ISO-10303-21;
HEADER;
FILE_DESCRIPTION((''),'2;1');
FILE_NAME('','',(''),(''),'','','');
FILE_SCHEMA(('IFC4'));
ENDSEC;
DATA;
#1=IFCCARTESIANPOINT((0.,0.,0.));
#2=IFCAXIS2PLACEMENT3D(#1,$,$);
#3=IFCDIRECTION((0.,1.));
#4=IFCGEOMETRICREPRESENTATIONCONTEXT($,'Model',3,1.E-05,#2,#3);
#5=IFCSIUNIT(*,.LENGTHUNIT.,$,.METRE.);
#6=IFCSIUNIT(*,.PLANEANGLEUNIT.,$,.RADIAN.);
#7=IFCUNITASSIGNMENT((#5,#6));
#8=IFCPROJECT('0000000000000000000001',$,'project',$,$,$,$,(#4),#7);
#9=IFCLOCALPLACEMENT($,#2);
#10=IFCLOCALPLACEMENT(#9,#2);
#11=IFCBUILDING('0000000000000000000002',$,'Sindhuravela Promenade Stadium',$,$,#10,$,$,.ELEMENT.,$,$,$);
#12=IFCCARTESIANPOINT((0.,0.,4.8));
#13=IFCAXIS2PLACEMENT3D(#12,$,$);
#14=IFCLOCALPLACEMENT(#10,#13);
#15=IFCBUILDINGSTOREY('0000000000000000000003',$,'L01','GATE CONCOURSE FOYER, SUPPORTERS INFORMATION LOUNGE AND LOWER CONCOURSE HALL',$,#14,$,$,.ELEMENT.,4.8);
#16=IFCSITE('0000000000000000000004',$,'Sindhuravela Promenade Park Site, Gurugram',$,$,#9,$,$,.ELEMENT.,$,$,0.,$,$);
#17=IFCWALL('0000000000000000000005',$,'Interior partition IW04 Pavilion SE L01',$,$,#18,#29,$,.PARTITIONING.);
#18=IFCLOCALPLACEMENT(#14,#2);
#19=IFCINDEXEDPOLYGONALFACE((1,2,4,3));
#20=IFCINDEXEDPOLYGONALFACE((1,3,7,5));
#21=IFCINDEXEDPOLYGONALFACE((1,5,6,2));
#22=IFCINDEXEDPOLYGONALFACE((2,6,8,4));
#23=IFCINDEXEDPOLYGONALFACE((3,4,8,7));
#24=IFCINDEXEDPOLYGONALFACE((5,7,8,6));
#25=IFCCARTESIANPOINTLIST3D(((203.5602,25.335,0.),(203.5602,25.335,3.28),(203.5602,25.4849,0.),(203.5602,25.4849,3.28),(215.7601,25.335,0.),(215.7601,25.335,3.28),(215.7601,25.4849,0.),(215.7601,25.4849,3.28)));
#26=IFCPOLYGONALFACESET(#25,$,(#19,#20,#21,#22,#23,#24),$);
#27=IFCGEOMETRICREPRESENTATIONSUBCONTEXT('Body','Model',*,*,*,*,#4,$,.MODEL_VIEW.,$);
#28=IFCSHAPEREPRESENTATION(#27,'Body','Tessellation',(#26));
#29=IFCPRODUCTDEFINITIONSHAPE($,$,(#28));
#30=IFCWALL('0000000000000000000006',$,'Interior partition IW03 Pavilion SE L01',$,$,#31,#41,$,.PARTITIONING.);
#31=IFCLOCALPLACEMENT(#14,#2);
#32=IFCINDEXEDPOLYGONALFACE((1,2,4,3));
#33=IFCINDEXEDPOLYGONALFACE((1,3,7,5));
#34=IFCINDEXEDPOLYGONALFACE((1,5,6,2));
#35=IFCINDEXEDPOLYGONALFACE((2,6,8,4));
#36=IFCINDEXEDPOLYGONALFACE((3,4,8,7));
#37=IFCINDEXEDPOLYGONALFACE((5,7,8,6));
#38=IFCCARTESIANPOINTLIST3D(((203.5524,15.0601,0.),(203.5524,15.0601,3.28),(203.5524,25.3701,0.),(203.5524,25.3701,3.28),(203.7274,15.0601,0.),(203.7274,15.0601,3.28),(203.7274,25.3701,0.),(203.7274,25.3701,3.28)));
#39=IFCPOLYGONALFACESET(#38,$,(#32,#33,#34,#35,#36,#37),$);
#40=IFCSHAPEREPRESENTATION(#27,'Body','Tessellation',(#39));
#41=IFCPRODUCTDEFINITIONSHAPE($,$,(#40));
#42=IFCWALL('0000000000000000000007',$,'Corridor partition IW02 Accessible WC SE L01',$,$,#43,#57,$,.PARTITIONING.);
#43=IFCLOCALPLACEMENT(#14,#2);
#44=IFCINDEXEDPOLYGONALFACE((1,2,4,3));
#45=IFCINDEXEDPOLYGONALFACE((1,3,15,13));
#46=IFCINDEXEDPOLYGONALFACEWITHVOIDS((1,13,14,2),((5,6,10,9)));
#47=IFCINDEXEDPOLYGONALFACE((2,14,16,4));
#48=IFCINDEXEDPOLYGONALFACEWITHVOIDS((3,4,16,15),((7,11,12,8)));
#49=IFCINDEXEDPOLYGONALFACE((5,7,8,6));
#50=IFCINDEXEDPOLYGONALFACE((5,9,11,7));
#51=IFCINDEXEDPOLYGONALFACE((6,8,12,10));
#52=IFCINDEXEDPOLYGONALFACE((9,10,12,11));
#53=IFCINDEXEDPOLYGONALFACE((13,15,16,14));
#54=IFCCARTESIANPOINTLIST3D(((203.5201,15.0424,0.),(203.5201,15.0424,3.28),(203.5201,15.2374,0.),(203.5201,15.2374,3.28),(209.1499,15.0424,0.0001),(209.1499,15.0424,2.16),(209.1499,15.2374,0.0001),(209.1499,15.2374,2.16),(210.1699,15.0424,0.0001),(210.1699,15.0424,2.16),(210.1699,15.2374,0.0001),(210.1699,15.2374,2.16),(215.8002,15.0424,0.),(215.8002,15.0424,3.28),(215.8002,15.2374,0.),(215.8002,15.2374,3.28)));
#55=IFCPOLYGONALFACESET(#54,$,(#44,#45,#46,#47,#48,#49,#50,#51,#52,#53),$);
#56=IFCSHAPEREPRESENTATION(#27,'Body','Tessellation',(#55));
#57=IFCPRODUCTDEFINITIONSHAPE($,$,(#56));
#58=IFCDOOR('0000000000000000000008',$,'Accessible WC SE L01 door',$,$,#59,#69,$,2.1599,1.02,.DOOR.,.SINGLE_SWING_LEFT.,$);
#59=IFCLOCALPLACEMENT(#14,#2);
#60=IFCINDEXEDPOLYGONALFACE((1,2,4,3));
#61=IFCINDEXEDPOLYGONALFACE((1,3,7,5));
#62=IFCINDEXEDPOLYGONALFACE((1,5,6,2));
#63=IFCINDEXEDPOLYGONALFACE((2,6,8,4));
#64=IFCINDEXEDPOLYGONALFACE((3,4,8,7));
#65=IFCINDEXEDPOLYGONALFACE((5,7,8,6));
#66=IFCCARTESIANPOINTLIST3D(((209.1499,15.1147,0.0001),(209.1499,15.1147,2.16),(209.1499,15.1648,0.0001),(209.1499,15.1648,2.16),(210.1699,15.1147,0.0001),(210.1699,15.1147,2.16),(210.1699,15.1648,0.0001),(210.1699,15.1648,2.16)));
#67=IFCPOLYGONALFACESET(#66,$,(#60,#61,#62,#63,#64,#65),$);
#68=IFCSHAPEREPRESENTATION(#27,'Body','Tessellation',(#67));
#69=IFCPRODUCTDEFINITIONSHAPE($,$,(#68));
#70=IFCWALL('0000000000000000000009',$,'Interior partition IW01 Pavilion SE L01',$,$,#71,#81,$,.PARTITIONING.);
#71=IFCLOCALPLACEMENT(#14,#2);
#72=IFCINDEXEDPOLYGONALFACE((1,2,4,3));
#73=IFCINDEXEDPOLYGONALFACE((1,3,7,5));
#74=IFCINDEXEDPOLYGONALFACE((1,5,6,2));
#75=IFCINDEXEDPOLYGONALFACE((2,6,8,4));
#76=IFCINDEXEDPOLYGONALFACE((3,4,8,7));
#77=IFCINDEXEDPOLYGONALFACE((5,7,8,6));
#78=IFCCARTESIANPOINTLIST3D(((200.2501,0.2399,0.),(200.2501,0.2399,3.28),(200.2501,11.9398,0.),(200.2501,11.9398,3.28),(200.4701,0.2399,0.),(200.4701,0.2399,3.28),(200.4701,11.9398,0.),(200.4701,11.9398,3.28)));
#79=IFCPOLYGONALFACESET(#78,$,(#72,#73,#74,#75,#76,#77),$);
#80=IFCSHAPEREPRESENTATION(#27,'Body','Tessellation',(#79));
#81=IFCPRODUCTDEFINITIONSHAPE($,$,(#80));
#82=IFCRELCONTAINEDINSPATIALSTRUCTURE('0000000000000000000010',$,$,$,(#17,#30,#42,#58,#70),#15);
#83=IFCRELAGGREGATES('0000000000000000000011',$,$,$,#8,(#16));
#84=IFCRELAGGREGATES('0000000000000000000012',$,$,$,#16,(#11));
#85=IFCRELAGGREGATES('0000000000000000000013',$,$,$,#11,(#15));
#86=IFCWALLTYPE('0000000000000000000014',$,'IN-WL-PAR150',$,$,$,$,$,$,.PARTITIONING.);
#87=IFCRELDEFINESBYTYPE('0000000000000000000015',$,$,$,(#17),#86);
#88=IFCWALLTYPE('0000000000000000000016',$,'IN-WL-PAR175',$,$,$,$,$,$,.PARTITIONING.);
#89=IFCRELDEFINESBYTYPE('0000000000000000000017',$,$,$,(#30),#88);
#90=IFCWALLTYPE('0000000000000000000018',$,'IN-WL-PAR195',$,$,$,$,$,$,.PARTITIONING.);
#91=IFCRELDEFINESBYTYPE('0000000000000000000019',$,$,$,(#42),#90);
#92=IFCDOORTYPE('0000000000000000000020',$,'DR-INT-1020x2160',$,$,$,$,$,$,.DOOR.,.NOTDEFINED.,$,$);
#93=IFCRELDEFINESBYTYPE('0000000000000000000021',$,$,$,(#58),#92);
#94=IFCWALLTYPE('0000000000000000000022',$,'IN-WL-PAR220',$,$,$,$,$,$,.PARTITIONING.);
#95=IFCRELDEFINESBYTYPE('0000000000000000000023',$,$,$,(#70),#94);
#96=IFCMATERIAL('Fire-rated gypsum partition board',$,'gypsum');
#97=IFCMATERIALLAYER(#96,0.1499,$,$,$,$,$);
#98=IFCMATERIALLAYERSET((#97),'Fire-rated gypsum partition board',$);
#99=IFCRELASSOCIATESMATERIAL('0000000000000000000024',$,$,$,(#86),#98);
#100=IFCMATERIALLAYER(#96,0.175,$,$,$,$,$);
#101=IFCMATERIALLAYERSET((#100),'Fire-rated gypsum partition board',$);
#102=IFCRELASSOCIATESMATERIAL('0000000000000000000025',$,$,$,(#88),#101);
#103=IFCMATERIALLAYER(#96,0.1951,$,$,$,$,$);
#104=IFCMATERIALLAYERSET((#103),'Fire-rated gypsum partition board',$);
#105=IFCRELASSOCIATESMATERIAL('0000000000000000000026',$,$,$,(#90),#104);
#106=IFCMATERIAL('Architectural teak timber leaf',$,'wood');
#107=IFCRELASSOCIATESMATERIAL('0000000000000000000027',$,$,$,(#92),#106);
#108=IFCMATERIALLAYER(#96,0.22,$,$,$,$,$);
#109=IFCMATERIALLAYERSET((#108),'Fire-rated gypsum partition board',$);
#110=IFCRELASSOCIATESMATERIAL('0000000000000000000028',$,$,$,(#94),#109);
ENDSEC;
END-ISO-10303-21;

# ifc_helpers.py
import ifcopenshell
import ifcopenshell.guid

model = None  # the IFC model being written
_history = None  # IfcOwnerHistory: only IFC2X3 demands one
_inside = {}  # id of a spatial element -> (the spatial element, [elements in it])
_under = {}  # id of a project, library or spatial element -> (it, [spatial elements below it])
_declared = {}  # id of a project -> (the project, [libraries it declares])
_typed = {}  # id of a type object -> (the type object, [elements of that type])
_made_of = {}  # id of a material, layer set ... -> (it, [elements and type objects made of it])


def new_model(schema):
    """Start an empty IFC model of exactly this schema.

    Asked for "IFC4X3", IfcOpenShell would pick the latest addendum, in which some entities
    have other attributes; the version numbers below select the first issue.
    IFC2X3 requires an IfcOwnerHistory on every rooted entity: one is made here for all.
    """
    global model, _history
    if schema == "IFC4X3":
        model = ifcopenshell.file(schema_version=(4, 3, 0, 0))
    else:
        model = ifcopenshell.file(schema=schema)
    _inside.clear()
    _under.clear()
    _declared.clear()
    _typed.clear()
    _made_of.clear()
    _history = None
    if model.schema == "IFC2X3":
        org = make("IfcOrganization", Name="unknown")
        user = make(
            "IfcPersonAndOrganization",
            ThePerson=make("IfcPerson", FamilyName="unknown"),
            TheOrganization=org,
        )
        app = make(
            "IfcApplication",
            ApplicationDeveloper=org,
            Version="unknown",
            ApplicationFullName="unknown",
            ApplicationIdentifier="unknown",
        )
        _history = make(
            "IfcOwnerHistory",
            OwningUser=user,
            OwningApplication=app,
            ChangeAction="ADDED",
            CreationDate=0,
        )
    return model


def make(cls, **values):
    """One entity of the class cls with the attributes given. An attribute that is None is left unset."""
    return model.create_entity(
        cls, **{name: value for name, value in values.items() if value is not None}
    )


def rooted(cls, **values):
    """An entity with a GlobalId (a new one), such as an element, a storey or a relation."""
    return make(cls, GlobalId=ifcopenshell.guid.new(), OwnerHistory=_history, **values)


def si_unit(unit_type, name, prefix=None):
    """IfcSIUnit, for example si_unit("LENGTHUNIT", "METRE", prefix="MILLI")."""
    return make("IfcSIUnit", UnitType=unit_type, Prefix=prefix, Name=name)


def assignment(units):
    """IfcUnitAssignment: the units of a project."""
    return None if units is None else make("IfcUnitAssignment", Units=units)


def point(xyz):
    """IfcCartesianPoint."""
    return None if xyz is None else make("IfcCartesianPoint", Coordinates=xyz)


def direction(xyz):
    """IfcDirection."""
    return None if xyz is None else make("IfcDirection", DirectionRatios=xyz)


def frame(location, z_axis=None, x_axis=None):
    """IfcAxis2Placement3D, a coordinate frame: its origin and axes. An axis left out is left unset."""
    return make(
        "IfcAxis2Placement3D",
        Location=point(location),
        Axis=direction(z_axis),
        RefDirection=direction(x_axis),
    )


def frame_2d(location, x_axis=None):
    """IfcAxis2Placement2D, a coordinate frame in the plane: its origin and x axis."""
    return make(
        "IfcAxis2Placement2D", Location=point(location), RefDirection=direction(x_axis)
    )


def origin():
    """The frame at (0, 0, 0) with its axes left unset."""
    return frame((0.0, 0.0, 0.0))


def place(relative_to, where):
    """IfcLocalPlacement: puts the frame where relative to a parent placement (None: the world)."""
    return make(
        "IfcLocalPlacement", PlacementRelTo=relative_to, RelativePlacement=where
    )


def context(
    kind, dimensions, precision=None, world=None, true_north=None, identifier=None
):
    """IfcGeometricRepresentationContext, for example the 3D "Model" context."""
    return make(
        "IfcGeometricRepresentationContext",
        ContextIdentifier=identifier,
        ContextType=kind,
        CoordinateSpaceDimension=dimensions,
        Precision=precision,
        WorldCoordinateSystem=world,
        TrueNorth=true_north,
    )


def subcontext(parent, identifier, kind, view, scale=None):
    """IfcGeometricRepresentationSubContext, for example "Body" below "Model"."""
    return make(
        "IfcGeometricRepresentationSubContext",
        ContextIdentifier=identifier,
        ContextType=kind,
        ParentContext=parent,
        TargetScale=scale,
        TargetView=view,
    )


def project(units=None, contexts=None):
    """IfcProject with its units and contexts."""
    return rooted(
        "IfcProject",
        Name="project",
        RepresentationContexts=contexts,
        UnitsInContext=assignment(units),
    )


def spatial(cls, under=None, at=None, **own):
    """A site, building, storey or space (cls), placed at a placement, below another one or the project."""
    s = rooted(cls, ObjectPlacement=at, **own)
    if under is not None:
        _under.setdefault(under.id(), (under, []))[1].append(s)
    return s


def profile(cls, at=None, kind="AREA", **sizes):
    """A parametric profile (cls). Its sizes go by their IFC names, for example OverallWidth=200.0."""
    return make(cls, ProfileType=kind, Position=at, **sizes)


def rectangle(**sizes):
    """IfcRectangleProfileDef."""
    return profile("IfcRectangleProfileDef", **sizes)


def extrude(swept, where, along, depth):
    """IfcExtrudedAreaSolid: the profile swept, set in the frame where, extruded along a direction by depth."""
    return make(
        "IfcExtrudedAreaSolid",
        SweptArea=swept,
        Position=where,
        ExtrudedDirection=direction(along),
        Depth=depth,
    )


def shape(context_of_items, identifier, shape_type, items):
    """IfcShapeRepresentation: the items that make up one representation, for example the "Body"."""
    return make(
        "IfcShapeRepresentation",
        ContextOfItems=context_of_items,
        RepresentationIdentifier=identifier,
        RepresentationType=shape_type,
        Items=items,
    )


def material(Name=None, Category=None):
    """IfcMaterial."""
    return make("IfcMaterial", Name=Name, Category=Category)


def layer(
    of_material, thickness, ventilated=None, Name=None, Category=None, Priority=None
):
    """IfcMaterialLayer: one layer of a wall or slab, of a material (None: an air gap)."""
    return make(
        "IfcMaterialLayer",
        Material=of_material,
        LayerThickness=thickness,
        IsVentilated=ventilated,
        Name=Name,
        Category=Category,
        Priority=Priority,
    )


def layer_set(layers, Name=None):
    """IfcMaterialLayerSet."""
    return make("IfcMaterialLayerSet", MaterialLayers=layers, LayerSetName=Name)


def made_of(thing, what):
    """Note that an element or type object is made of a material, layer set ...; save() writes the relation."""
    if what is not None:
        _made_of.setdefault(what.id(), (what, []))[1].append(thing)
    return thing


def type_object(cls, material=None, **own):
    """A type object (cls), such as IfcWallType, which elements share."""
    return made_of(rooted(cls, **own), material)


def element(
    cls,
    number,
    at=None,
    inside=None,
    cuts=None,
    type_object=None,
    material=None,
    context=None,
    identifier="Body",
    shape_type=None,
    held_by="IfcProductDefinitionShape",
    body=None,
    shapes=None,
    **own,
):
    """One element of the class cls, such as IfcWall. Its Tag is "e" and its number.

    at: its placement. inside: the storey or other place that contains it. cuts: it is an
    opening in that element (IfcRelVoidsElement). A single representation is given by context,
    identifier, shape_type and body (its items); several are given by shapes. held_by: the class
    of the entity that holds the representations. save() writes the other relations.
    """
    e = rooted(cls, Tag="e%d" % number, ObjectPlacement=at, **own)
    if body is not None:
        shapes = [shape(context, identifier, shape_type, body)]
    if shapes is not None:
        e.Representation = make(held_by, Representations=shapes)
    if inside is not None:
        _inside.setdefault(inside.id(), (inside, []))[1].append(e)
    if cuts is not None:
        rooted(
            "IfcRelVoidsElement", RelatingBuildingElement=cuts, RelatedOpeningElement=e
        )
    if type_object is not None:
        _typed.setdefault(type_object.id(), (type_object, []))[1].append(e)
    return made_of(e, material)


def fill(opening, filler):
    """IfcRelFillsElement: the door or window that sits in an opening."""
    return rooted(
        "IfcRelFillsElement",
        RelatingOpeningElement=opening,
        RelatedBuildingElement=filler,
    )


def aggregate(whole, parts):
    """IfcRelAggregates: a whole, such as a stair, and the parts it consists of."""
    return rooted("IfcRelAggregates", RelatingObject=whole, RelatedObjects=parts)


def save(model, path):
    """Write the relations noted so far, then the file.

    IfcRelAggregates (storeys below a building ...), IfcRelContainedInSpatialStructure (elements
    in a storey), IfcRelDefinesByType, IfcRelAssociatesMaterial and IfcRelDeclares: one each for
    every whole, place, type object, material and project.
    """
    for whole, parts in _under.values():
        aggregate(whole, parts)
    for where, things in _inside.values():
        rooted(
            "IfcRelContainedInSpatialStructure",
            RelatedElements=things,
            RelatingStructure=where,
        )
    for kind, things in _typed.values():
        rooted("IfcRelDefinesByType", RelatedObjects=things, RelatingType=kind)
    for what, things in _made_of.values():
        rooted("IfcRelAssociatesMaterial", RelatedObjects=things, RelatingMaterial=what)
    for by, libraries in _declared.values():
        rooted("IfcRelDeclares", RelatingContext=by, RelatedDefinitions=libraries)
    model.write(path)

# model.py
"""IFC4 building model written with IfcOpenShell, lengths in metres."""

from ifc_helpers import new_model, si_unit, direction, frame, frame_2d, origin, place, context, subcontext, project, spatial, rectangle, extrude, material, layer, layer_set, type_object, element, fill, save


model = new_model("IFC4")

# Units and contexts
model_context = context("Model", 3, precision=1e-05, world=origin(), true_north=direction((0.0, 1.0)))
body_context = subcontext(model_context, "Body", "Model", "MODEL_VIEW")
ifc_project = project(units=[si_unit("LENGTHUNIT", "METRE"), si_unit("PLANEANGLEUNIT", "RADIAN")], contexts=[model_context])

# Site, building, storey
site_placement = place(None, origin())
site = spatial("IfcSite", under=ifc_project, at=site_placement, Name="Sindhuravela Promenade Park Site, Gurugram", CompositionType="ELEMENT", RefElevation=0.0)
building_placement = place(site_placement, origin())
building = spatial("IfcBuilding", under=site, at=building_placement, Name="Sindhuravela Promenade Stadium", CompositionType="ELEMENT")
storey_placement = place(building_placement, frame((0.0, 0.0, 4.8)))
storey = spatial("IfcBuildingStorey", under=building, at=storey_placement, Name="L01", Description="GATE CONCOURSE FOYER, SUPPORTERS INFORMATION LOUNGE AND LOWER CONCOURSE HALL", CompositionType="ELEMENT", Elevation=4.8)

# Shared definitions
ifc_material_1 = material(Name="Fire-rated gypsum partition board", Category="gypsum")

# Shared definitions
ifc_material_2 = material(Name="Architectural teak timber leaf", Category="wood")

# Walls
ifc_layer_1 = layer(ifc_material_1, 0.1499)
ifc_layer_set_1 = layer_set([ifc_layer_1], Name="Fire-rated gypsum partition board")
wall_type_1 = type_object("IfcWallType", Name="IN-WL-PAR150", PredefinedType="PARTITIONING", material=ifc_layer_set_1)
wall_1_placement = place(storey_placement, frame((203.5601, 25.4099, 0.0), z_axis=(0.0, 0.0, 1.0), x_axis=(1.0, 0.0, 0.0)))
element("IfcWall", 1, at=wall_1_placement, inside=storey, type_object=wall_type_1, Name="Interior partition IW04 Pavilion SE L01", PredefinedType="PARTITIONING", context=body_context, shape_type="SweptSolid", body=[
    extrude(rectangle(XDim=12.2, YDim=0.1499, at=frame_2d((6.1001, 0.0))), origin(), (0.0, 0.0, 1.0), 3.28),
])
ifc_layer_2 = layer(ifc_material_1, 0.175)
ifc_layer_set_2 = layer_set([ifc_layer_2], Name="Fire-rated gypsum partition board")
wall_type_2 = type_object("IfcWallType", Name="IN-WL-PAR175", PredefinedType="PARTITIONING", material=ifc_layer_set_2)
wall_2_placement = place(storey_placement, frame((203.6399, 15.0601, 0.0), z_axis=(0.0, 0.0, 1.0), x_axis=(0.0, 1.0, 0.0)))
element("IfcWall", 2, at=wall_2_placement, inside=storey, type_object=wall_type_2, Name="Interior partition IW03 Pavilion SE L01", PredefinedType="PARTITIONING", context=body_context, shape_type="SweptSolid", body=[
    extrude(rectangle(XDim=10.3101, YDim=0.175, at=frame_2d((5.155, 0.0))), origin(), (0.0, 0.0, 1.0), 3.28),
])

# Wall, opening, door
ifc_layer_3 = layer(ifc_material_1, 0.1951)
ifc_layer_set_3 = layer_set([ifc_layer_3], Name="Fire-rated gypsum partition board")
wall_type_3 = type_object("IfcWallType", Name="IN-WL-PAR195", PredefinedType="PARTITIONING", material=ifc_layer_set_3)
wall_3_placement = place(storey_placement, frame((203.52, 15.1399, 0.0), z_axis=(0.0, 0.0, 1.0), x_axis=(1.0, 0.0, 0.0)))
wall_3 = element("IfcWall", 3, at=wall_3_placement, inside=storey, type_object=wall_type_3, Name="Corridor partition IW02 Accessible WC SE L01", PredefinedType="PARTITIONING", context=body_context, shape_type="SweptSolid", body=[
    extrude(rectangle(XDim=12.28, YDim=0.1951, at=frame_2d((6.1401, 0.0))), origin(), (0.0, 0.0, 1.0), 3.28),
])
opening_1_placement = place(wall_3_placement, frame((5.6299, 0.0, 0.0)))
opening_1 = element("IfcOpeningElement", 4, at=opening_1_placement, cuts=wall_3, PredefinedType="OPENING", context=body_context, shape_type="SweptSolid", body=[
    extrude(rectangle(XDim=1.02, YDim=2.1599, at=frame_2d((0.51, 1.0801))), frame((0.0, 0.1074, 0.0), z_axis=(0.0, -1.0, 0.0), x_axis=(1.0, 0.0, 0.0)), (0.0, 0.0, 1.0), 0.2151),
])
door_type_1 = type_object("IfcDoorType", Name="DR-INT-1020x2160", OperationType="NOTDEFINED", PredefinedType="DOOR", material=ifc_material_2)
door_1_placement = place(opening_1_placement, origin())
door_1 = element("IfcDoor", 5, at=door_1_placement, inside=storey, type_object=door_type_1, Name="Accessible WC SE L01 door", OperationType="SINGLE_SWING_LEFT", OverallHeight=2.1599, OverallWidth=1.02, PredefinedType="DOOR", context=body_context, shape_type="SweptSolid", body=[
    extrude(rectangle(XDim=1.02, YDim=2.1599, at=frame_2d((0.51, 1.0801))), frame((0.0, 0.0249, 0.0), z_axis=(0.0, -1.0, 0.0), x_axis=(1.0, 0.0, 0.0)), (0.0, 0.0, 1.0), 0.05),
])
fill(opening_1, door_1)

# Wall
ifc_layer_4 = layer(ifc_material_1, 0.22)
ifc_layer_set_4 = layer_set([ifc_layer_4], Name="Fire-rated gypsum partition board")
wall_type_4 = type_object("IfcWallType", Name="IN-WL-PAR220", PredefinedType="PARTITIONING", material=ifc_layer_set_4)
wall_4_placement = place(storey_placement, frame((200.3601, 11.9399, 0.0), z_axis=(0.0, 0.0, 1.0), x_axis=(0.0, -1.0, 0.0)))
element("IfcWall", 6, at=wall_4_placement, inside=storey, type_object=wall_type_4, Name="Interior partition IW01 Pavilion SE L01", PredefinedType="PARTITIONING", context=body_context, shape_type="SweptSolid", body=[
    extrude(rectangle(XDim=11.7, YDim=0.22, at=frame_2d((5.8501, 0.0))), origin(), (0.0, 0.0, 1.0), 3.28),
])

save(model, "model.ifc")
